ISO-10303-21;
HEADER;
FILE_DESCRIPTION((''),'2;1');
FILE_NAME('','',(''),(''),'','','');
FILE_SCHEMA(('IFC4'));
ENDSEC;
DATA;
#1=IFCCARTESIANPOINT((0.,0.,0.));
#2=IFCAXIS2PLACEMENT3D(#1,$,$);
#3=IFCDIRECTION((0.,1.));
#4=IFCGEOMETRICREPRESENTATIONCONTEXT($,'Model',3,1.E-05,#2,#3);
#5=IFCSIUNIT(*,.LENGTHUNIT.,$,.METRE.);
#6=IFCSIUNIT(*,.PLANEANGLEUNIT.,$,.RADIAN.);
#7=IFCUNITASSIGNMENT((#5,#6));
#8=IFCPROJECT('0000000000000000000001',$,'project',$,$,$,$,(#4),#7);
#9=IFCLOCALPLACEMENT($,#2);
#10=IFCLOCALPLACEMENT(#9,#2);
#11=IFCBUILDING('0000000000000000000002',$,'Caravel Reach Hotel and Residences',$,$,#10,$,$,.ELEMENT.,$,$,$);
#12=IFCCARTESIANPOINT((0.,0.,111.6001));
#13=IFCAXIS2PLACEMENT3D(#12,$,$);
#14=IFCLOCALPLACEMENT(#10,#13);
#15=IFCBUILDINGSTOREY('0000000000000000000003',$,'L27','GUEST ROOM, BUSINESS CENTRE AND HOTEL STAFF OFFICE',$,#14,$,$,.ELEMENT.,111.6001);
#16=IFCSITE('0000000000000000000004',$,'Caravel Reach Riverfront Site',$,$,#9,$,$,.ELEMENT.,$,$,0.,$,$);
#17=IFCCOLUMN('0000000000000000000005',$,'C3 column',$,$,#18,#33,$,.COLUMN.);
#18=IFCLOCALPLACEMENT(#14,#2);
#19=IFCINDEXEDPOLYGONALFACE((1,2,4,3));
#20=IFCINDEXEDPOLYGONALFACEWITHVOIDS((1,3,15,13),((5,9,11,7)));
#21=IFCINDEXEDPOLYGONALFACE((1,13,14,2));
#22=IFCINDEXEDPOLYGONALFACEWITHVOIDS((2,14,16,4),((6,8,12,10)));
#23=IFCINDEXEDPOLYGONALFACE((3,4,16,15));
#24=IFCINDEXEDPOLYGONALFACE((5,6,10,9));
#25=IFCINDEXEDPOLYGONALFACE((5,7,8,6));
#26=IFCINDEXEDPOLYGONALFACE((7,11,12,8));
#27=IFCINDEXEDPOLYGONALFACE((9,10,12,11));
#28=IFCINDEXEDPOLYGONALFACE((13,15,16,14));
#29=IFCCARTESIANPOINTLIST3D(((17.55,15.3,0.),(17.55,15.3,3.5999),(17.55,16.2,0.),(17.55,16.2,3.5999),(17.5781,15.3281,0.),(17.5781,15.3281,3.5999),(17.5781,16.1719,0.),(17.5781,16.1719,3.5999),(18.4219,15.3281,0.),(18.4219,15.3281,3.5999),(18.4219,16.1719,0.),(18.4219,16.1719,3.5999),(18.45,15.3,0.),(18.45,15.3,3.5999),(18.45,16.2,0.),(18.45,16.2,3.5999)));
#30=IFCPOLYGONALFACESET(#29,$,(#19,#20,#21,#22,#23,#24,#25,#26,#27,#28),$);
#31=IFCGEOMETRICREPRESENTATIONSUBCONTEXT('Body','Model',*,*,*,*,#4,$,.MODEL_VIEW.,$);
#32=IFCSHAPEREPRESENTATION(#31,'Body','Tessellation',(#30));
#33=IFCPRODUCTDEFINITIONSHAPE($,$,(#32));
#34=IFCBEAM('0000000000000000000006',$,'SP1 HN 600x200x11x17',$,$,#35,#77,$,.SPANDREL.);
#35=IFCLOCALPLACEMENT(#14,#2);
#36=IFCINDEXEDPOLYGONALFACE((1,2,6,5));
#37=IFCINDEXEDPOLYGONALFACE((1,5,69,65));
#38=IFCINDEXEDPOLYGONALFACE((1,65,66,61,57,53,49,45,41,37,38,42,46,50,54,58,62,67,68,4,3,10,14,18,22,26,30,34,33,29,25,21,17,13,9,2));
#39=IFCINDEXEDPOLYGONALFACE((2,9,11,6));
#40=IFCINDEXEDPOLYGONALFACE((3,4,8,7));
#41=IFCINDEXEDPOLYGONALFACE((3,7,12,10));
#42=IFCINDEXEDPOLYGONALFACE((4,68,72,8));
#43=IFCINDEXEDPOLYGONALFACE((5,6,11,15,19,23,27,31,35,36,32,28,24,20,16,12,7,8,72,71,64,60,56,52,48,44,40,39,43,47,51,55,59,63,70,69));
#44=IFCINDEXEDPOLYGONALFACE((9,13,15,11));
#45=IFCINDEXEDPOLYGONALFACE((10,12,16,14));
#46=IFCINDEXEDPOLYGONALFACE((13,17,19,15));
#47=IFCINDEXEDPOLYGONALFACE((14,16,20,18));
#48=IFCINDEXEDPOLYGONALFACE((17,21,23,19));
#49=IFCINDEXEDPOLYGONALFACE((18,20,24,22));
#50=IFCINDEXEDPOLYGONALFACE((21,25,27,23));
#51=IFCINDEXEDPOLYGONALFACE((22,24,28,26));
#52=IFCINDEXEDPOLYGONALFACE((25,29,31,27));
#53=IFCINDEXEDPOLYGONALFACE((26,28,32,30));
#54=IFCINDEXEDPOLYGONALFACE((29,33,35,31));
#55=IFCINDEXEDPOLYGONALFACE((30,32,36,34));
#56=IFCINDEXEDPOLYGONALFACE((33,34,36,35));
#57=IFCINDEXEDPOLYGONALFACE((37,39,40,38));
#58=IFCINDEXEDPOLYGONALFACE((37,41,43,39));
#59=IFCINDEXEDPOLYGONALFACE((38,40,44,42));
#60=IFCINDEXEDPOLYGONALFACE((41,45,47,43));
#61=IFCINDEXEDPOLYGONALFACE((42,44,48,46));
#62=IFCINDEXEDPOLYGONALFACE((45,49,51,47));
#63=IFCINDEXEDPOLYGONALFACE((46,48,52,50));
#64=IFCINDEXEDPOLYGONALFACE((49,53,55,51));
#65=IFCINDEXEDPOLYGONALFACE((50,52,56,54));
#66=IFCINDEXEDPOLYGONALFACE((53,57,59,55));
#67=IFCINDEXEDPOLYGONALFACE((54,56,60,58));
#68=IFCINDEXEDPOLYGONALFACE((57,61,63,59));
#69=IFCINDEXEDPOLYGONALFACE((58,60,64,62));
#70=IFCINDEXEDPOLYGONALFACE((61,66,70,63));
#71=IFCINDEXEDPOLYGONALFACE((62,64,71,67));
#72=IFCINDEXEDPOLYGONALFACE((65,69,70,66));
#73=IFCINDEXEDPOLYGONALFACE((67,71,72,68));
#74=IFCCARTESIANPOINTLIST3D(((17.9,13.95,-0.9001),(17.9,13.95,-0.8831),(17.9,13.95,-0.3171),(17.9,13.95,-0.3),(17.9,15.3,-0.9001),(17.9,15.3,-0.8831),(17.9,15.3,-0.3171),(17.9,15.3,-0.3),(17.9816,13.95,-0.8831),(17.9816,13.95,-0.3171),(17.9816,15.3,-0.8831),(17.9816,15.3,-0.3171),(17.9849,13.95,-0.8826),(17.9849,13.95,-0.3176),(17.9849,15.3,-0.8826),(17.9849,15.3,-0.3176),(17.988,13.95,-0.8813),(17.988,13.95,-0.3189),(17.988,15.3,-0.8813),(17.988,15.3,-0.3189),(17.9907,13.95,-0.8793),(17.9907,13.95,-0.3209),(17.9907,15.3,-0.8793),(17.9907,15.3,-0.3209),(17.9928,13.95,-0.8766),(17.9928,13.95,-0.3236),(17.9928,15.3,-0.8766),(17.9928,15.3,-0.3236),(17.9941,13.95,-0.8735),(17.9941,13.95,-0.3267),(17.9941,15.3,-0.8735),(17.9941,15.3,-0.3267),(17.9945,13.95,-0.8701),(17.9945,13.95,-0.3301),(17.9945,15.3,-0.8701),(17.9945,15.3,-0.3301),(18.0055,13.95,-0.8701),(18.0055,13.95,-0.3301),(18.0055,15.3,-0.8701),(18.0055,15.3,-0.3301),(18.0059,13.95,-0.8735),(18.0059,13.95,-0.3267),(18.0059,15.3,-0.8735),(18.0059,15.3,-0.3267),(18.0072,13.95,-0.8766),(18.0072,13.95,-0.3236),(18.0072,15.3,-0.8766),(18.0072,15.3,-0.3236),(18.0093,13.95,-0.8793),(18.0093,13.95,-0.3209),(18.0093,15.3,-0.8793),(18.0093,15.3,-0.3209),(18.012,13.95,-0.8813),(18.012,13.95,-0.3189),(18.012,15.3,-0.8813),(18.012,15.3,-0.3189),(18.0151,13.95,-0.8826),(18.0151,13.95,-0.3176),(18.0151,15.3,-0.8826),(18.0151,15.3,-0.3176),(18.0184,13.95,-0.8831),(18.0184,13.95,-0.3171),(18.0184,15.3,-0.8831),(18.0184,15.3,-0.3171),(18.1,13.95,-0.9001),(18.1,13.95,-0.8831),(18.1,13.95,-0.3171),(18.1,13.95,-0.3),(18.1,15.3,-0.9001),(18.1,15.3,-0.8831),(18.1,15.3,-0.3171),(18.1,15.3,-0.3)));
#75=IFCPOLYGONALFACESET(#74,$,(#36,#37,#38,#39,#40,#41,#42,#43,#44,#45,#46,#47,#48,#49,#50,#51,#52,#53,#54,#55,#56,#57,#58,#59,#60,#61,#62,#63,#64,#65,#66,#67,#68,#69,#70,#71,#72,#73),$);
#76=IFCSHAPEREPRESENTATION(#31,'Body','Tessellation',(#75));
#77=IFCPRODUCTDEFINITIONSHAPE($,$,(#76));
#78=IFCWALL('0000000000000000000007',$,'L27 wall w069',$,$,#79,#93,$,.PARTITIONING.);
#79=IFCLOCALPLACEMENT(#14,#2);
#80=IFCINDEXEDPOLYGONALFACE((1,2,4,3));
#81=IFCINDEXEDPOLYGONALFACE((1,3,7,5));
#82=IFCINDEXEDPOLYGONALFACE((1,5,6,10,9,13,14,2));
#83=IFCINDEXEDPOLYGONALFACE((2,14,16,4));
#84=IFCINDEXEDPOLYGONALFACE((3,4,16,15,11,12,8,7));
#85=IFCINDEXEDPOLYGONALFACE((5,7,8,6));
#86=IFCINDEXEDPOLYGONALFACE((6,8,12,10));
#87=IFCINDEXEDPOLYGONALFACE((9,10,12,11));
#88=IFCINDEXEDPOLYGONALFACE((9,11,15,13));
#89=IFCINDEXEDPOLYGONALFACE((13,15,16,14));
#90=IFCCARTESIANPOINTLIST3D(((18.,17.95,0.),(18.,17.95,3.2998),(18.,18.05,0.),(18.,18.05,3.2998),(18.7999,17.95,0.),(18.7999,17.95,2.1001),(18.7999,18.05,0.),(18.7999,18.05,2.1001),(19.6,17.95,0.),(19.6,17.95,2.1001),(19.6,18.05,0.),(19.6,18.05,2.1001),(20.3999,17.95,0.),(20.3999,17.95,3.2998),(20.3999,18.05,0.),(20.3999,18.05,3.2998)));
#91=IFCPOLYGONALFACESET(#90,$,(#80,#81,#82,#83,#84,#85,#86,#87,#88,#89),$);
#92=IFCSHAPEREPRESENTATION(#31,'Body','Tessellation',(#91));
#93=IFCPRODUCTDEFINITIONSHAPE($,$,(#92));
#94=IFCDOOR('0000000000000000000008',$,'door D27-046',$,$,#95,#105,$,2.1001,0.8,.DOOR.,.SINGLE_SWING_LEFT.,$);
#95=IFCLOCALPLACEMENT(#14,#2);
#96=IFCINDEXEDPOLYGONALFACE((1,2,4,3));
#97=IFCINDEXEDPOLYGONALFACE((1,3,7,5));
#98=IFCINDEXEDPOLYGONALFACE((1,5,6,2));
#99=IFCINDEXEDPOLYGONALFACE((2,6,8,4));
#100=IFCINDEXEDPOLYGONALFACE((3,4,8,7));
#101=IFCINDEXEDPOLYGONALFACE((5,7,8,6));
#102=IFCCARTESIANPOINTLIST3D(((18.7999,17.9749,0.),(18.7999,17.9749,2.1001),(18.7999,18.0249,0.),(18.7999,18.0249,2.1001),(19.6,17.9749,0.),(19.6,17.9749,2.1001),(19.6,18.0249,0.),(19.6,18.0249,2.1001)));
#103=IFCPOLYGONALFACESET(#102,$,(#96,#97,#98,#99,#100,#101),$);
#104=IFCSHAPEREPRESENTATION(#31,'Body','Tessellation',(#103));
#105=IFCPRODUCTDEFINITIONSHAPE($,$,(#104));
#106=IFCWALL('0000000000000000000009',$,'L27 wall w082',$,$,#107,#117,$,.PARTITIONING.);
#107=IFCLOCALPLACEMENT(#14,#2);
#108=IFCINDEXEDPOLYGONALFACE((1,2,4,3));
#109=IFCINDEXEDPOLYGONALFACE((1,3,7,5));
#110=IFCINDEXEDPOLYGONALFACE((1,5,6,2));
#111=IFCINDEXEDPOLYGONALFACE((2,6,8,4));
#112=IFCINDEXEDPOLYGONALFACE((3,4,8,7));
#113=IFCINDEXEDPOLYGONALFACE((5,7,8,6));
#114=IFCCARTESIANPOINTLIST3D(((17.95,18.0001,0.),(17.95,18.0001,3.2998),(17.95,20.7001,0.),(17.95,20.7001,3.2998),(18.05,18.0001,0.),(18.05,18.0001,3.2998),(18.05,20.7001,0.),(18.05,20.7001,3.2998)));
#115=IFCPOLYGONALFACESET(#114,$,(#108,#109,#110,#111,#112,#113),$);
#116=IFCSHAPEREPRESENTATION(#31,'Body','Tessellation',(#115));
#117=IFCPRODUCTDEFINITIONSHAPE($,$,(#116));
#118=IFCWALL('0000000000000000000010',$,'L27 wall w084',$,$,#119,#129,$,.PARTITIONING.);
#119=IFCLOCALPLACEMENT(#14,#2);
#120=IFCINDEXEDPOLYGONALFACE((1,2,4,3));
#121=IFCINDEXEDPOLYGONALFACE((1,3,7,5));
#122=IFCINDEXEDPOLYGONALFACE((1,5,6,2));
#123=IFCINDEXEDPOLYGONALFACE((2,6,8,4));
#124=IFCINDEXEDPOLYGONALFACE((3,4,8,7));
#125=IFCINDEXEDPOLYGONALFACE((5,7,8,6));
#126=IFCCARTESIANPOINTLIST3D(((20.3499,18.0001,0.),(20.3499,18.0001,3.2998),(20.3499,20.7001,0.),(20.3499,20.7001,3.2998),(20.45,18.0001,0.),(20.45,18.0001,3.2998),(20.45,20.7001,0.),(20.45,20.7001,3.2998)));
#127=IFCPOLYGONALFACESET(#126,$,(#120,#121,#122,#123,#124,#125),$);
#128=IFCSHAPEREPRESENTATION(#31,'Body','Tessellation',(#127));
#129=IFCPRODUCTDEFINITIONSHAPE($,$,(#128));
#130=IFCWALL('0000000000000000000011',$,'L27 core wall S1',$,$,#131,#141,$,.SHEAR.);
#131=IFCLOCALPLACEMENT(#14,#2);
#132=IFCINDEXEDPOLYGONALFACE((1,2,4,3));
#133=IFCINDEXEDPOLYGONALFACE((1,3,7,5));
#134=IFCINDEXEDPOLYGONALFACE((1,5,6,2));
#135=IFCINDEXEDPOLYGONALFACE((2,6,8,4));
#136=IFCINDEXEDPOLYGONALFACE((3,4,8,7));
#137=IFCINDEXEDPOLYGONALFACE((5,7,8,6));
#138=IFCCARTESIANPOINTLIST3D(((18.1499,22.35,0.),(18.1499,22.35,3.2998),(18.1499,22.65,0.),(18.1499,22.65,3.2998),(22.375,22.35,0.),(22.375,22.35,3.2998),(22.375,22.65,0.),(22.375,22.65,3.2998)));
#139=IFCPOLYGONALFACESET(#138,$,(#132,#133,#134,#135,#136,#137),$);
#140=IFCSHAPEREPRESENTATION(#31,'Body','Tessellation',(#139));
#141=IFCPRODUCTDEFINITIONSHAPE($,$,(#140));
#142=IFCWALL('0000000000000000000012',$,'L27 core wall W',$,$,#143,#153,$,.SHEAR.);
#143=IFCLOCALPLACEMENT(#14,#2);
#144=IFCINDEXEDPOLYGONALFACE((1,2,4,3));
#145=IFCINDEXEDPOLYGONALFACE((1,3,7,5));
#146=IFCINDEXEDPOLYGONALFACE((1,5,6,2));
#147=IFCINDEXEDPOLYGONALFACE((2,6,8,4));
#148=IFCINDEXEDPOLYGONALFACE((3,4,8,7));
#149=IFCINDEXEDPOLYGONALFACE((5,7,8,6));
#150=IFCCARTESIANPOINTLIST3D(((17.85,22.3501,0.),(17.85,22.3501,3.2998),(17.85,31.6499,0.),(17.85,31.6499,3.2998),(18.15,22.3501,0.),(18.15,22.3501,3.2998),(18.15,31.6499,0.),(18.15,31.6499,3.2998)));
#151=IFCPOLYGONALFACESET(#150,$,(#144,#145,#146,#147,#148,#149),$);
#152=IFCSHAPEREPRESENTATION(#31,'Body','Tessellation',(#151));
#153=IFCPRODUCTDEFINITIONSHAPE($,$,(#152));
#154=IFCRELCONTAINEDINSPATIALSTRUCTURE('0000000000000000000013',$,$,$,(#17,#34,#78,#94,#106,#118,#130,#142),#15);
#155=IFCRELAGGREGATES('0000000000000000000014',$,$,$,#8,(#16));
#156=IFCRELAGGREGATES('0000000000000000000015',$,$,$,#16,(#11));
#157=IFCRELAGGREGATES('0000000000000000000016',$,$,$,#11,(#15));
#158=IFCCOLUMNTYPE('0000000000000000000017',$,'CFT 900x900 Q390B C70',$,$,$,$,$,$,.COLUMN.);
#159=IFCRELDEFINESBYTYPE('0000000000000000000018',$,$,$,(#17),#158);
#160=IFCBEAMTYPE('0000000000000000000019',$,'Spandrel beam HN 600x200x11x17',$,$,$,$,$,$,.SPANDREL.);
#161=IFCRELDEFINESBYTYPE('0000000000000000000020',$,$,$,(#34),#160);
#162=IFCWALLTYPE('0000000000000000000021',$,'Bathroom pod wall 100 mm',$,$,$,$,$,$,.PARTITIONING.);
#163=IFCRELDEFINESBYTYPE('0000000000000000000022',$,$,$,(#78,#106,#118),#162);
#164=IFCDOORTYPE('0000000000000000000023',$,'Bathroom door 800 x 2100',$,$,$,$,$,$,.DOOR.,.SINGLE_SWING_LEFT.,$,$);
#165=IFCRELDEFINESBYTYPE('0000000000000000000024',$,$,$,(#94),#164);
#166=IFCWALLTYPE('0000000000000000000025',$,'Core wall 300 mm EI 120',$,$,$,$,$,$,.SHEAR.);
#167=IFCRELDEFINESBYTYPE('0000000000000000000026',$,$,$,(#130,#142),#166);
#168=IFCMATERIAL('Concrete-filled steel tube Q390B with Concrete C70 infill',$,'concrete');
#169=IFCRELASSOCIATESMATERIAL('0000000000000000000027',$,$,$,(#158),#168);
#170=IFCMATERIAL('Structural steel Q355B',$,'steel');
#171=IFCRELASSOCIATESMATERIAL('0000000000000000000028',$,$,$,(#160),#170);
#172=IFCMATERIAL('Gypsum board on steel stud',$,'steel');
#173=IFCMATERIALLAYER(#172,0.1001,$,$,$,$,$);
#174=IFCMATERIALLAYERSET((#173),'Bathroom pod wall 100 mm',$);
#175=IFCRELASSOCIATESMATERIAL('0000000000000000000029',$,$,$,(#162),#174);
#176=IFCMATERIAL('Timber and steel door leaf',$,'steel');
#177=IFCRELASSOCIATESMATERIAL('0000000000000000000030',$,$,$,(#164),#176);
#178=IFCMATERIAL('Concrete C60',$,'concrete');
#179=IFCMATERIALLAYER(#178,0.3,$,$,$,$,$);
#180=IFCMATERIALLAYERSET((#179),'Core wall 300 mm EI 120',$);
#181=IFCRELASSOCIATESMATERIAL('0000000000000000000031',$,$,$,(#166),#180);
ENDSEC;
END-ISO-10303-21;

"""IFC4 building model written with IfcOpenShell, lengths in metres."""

from ifc_helpers import new_model, si_unit, direction, frame, frame_2d, origin, origin_2d, place, context, subcontext, project, spatial, rectangle, hollow_rectangle, i_section, extrude, material, layer, layer_set, material_profile, profile_set, type_object, element, fill, save


model = new_model("IFC4")

# Units and contexts
model_context = context("Model", 3, precision=1e-05, world=origin(), true_north=direction((0.0, 1.0)))
body_context = subcontext(model_context, "Body", "Model", "MODEL_VIEW")
ifc_project = project(units=[si_unit("LENGTHUNIT", "METRE"), si_unit("PLANEANGLEUNIT", "RADIAN")], contexts=[model_context])

# Site, building, storey
site_placement = place(None, origin())
site = spatial("IfcSite", under=ifc_project, at=site_placement, Name="Caravel Reach Riverfront Site", CompositionType="ELEMENT", RefElevation=0.0)
building_placement = place(site_placement, origin())
building = spatial("IfcBuilding", under=site, at=building_placement, Name="Caravel Reach Hotel and Residences", CompositionType="ELEMENT")
storey_placement = place(building_placement, frame((0.0, 0.0, 111.6001)))
storey = spatial("IfcBuildingStorey", under=building, at=storey_placement, Name="L27", Description="GUEST ROOM, BUSINESS CENTRE AND HOTEL STAFF OFFICE", CompositionType="ELEMENT", Elevation=111.6001)

# Column
ifc_material_1 = material(Name="Concrete-filled steel tube Q390B with Concrete C70 infill", Category="concrete")
ifc_material_profile_1 = material_profile(ifc_material_1, hollow_rectangle(XDim=0.8999, YDim=0.8999, WallThickness=0.0281, at=origin_2d()), Name="RHS 900x900x28")
ifc_profile_set_1 = profile_set([ifc_material_profile_1], Name="Concrete-filled steel tube Q390B with Concrete C70 infill")
column_type = type_object("IfcColumnType", Name="CFT 900x900 Q390B C70", PredefinedType="COLUMN", material=ifc_profile_set_1)
column_placement = place(storey_placement, frame((18.0, 15.75, 0.0), z_axis=(0.0, 0.0, 1.0), x_axis=(1.0, 0.0, 0.0)))
element("IfcColumn", 1, at=column_placement, inside=storey, type_object=column_type, Name="C3 column", PredefinedType="COLUMN", context=body_context, shape_type="SweptSolid", body=[
    extrude(hollow_rectangle(XDim=0.8999, YDim=0.8999, WallThickness=0.0281, at=origin_2d()), origin(), (0.0, 0.0, 1.0), 3.5999),
])

# Beam
ifc_material_2 = material(Name="Structural steel Q355B", Category="steel")
ifc_material_profile_2 = material_profile(ifc_material_2, i_section(OverallWidth=0.2, OverallDepth=0.6001, WebThickness=0.011, FlangeThickness=0.0171, FilletRadius=0.0129, at=origin_2d()), Name="HN 600x200x11x17")
ifc_profile_set_2 = profile_set([ifc_material_profile_2], Name="Structural steel Q355B")
beam_type = type_object("IfcBeamType", Name="Spandrel beam HN 600x200x11x17", PredefinedType="SPANDREL", material=ifc_profile_set_2)
beam_placement = place(storey_placement, frame((18.0, 15.3, -0.6001), z_axis=(0.0, -1.0, 0.0), x_axis=(1.0, 0.0, 0.0)))
element("IfcBeam", 2, at=beam_placement, inside=storey, type_object=beam_type, Name="SP1 HN 600x200x11x17", PredefinedType="SPANDREL", context=body_context, shape_type="SweptSolid", body=[
    extrude(i_section(OverallWidth=0.2, OverallDepth=0.6001, WebThickness=0.011, FlangeThickness=0.0171, FilletRadius=0.0129, at=origin_2d()), origin(), (0.0, 0.0, 1.0), 1.3501),
])

# Wall, opening, door
ifc_material_3 = material(Name="Gypsum board on steel stud", Category="steel")
ifc_layer_1 = layer(ifc_material_3, 0.1001)
ifc_layer_set_1 = layer_set([ifc_layer_1], Name="Bathroom pod wall 100 mm")
wall_type_1 = type_object("IfcWallType", Name="Bathroom pod wall 100 mm", PredefinedType="PARTITIONING", material=ifc_layer_set_1)
wall_1_placement = place(storey_placement, frame((18.0, 18.0, 0.0), z_axis=(0.0, 0.0, 1.0), x_axis=(1.0, 0.0, 0.0)))
wall_1 = element("IfcWall", 3, at=wall_1_placement, inside=storey, type_object=wall_type_1, Name="L27 wall w069", PredefinedType="PARTITIONING", context=body_context, shape_type="SweptSolid", body=[
    extrude(rectangle(XDim=2.3999, YDim=0.1001, at=frame_2d((1.2, 0.0))), origin(), (0.0, 0.0, 1.0), 3.2998),
])
opening_1_placement = place(wall_1_placement, frame((0.8, 0.0, 0.0)))
opening_1 = element("IfcOpeningElement", 4, at=opening_1_placement, cuts=wall_1, PredefinedType="OPENING", context=body_context, shape_type="SweptSolid", body=[
    extrude(rectangle(XDim=0.8, YDim=2.1001, at=frame_2d((0.3999, 1.05))), frame((0.0, 0.0601, 0.0), z_axis=(0.0, -1.0, 0.0), x_axis=(1.0, 0.0, 0.0)), (0.0, 0.0, 1.0), 0.1201),
])
ifc_material_4 = material(Name="Timber and steel door leaf", Category="steel")
door_type_1 = type_object("IfcDoorType", Name="Bathroom door 800 x 2100", OperationType="SINGLE_SWING_LEFT", PredefinedType="DOOR", material=ifc_material_4)
door_1_placement = place(opening_1_placement, origin())
door_1 = element("IfcDoor", 5, at=door_1_placement, inside=storey, type_object=door_type_1, Name="door D27-046", OperationType="SINGLE_SWING_LEFT", OverallHeight=2.1001, OverallWidth=0.8, PredefinedType="DOOR", context=body_context, shape_type="SweptSolid", body=[
    extrude(rectangle(XDim=0.8, YDim=2.1001, at=frame_2d((0.3999, 1.05))), frame((0.0, 0.0249, 0.0), z_axis=(0.0, -1.0, 0.0), x_axis=(1.0, 0.0, 0.0)), (0.0, 0.0, 1.0), 0.05),
])
fill(opening_1, door_1)

# Walls
for number, where, z_axis, x_axis, name in (
    (6, (18.0, 18.0, 0.0), (0.0, 0.0, 1.0), (0.0, 1.0, 0.0), "L27 wall w082"),
    (7, (20.3999, 18.0, 0.0), (0.0, 0.0, 1.0), (0.0, 1.0, 0.0), "L27 wall w084"),
):
    element("IfcWall", number, at=place(storey_placement, frame(where, z_axis=z_axis, x_axis=x_axis)), inside=storey, type_object=wall_type_1, Name=name, PredefinedType="PARTITIONING", context=body_context, shape_type="SweptSolid", body=[
        extrude(rectangle(XDim=2.7, YDim=0.1001, at=frame_2d((1.3501, 0.0))), origin(), (0.0, 0.0, 1.0), 3.2998),
    ])
ifc_material_5 = material(Name="Concrete C60", Category="concrete")
ifc_layer_2 = layer(ifc_material_5, 0.3)
ifc_layer_set_2 = layer_set([ifc_layer_2], Name="Core wall 300 mm EI 120")
wall_type_2 = type_object("IfcWallType", Name="Core wall 300 mm EI 120", PredefinedType="SHEAR", material=ifc_layer_set_2)
wall_2_placement = place(storey_placement, frame((18.1499, 22.5, 0.0), z_axis=(0.0, 0.0, 1.0), x_axis=(1.0, 0.0, 0.0)))
element("IfcWall", 8, at=wall_2_placement, inside=storey, type_object=wall_type_2, Name="L27 core wall S1", PredefinedType="SHEAR", context=body_context, shape_type="SweptSolid", body=[
    extrude(rectangle(XDim=4.2251, YDim=0.3, at=frame_2d((2.1125, 0.0))), origin(), (0.0, 0.0, 1.0), 3.2998),
])
wall_3_placement = place(storey_placement, frame((18.0, 22.3501, 0.0), z_axis=(0.0, 0.0, 1.0), x_axis=(0.0, 1.0, 0.0)))
element("IfcWall", 9, at=wall_3_placement, inside=storey, type_object=wall_type_2, Name="L27 core wall W", PredefinedType="SHEAR", context=body_context, shape_type="SweptSolid", body=[
    extrude(rectangle(XDim=9.2998, YDim=0.3, at=frame_2d((4.6499, 0.0))), origin(), (0.0, 0.0, 1.0), 3.2998),
])

save(model, "model.ifc")
